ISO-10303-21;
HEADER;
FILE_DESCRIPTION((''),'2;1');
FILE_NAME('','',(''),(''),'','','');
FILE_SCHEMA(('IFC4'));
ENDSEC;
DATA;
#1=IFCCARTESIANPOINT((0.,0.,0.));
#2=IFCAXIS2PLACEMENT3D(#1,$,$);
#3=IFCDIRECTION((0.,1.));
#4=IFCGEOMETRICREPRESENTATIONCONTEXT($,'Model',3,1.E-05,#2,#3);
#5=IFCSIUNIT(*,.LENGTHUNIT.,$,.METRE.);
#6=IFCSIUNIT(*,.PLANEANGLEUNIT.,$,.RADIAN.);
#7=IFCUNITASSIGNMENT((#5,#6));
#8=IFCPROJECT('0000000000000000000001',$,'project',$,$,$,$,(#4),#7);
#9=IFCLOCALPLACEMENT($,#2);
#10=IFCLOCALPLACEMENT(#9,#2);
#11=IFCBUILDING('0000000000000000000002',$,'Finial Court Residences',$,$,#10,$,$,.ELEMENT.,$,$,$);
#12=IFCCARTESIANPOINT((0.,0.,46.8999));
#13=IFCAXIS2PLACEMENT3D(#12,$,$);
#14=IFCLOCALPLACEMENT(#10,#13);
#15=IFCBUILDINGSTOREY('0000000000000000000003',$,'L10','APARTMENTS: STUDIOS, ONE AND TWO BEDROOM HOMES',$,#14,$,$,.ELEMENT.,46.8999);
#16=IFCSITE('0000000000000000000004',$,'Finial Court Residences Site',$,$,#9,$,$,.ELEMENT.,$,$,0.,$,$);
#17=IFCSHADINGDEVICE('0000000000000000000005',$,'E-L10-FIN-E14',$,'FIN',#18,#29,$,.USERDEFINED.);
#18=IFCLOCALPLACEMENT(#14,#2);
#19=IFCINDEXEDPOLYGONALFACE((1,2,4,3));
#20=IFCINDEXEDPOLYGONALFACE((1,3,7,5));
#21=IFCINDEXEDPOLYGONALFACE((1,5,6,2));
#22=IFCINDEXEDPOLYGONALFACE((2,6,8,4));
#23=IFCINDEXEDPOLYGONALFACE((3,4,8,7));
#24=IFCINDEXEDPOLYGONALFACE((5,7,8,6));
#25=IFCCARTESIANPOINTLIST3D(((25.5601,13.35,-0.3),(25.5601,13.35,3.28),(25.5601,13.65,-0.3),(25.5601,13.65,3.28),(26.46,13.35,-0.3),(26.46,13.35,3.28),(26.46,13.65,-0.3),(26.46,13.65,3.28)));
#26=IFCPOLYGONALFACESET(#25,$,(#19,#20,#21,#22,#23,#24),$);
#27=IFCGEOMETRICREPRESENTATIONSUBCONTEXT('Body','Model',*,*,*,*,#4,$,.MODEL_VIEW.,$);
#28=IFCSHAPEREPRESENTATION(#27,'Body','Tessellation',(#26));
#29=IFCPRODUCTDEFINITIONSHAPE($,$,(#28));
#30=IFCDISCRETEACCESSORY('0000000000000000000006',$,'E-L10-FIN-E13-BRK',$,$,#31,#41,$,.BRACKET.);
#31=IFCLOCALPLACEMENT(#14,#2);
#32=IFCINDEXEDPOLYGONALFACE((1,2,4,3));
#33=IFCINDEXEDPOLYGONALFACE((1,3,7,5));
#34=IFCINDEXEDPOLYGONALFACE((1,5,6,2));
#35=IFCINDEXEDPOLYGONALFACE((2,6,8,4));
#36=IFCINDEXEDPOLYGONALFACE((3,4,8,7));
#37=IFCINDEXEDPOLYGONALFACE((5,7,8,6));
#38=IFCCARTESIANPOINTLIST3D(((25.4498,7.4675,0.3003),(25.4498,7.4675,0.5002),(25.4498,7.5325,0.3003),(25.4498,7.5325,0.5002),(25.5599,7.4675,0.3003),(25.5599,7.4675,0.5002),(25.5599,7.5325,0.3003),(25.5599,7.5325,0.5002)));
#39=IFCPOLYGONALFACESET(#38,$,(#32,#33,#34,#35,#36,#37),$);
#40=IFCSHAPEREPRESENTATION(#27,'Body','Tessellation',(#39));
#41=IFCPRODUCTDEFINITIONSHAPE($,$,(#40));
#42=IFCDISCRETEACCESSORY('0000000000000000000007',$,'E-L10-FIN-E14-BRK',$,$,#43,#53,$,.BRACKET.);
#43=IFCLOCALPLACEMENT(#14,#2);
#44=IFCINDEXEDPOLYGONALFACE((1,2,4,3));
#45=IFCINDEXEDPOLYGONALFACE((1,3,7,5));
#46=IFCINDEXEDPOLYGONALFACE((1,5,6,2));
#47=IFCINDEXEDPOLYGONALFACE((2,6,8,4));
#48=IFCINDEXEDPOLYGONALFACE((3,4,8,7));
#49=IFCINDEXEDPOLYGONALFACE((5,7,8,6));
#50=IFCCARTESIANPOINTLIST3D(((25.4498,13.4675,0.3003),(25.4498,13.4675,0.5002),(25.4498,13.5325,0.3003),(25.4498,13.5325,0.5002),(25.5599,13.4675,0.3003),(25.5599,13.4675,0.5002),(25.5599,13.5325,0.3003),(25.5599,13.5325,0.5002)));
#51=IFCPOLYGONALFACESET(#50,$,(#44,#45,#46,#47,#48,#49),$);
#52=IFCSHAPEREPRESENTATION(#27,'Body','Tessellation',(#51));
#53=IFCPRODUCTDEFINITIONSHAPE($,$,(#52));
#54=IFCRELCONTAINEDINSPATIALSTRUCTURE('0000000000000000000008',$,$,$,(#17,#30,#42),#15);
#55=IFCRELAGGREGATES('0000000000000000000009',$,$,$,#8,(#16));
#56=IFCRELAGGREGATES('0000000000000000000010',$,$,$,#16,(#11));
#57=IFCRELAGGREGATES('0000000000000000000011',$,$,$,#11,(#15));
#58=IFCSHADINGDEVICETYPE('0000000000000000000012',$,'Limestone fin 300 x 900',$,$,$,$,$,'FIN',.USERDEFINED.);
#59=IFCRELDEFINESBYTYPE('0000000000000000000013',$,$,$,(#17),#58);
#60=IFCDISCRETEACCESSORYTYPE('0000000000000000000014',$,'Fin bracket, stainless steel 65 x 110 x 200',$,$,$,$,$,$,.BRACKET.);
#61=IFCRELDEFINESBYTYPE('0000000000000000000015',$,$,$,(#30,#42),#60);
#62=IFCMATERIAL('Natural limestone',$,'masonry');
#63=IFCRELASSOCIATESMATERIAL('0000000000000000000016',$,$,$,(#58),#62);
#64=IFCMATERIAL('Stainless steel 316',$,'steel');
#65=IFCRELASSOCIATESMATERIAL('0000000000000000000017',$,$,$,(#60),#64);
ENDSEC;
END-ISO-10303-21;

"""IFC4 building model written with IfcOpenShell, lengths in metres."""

from ifc_helpers import new_model, si_unit, direction, frame, origin, origin_2d, place, context, subcontext, project, spatial, rectangle, extrude, material, type_object, element, save


model = new_model("IFC4")

# Units and contexts
model_context = context("Model", 3, precision=1e-05, world=origin(), true_north=direction((0.0, 1.0)))
body_context = subcontext(model_context, "Body", "Model", "MODEL_VIEW")
ifc_project = project(units=[si_unit("LENGTHUNIT", "METRE"), si_unit("PLANEANGLEUNIT", "RADIAN")], contexts=[model_context])

# Site, building, storey
site_placement = place(None, origin())
site = spatial("IfcSite", under=ifc_project, at=site_placement, Name="Finial Court Residences Site", CompositionType="ELEMENT", RefElevation=0.0)
building_placement = place(site_placement, origin())
building = spatial("IfcBuilding", under=site, at=building_placement, Name="Finial Court Residences", CompositionType="ELEMENT")
storey_placement = place(building_placement, frame((0.0, 0.0, 46.8999)))
storey = spatial("IfcBuildingStorey", under=building, at=storey_placement, Name="L10", Description="APARTMENTS: STUDIOS, ONE AND TWO BEDROOM HOMES", CompositionType="ELEMENT", Elevation=46.8999)

# Shading device
ifc_material_1 = material(Name="Natural limestone", Category="masonry")
shading_device_type = type_object("IfcShadingDeviceType", Name="Limestone fin 300 x 900", ElementType="FIN", PredefinedType="USERDEFINED", material=ifc_material_1)
for number, where, z_axis, x_axis, name in (
    (1, (26.01, 13.5, -0.3), (0.0, 0.0, 1.0), (1.0, 0.0, 0.0), "E-L10-FIN-E14"),
):
    element("IfcShadingDevice", number, at=place(storey_placement, frame(where, z_axis=z_axis, x_axis=x_axis)), inside=storey, type_object=shading_device_type, Name=name, ObjectType="FIN", PredefinedType="USERDEFINED", context=body_context, shape_type="SweptSolid", body=[
        extrude(rectangle(XDim=0.8999, YDim=0.3, at=origin_2d()), origin(), (0.0, 0.0, 1.0), 3.5801),
    ])

# Discrete accessories
ifc_material_2 = material(Name="Stainless steel 316", Category="steel")
discrete_accessory_type = type_object("IfcDiscreteAccessoryType", Name="Fin bracket, stainless steel 65 x 110 x 200", PredefinedType="BRACKET", material=ifc_material_2)
for number, where, z_axis, x_axis, name in (
    (2, (25.5049, 7.5, 0.3003), (0.0, 0.0, 1.0), (1.0, 0.0, 0.0), "E-L10-FIN-E13-BRK"),
    (3, (25.5049, 13.5, 0.3003), (0.0, 0.0, 1.0), (1.0, 0.0, 0.0), "E-L10-FIN-E14-BRK"),
):
    element("IfcDiscreteAccessory", number, at=place(storey_placement, frame(where, z_axis=z_axis, x_axis=x_axis)), inside=storey, type_object=discrete_accessory_type, Name=name, PredefinedType="BRACKET", context=body_context, shape_type="SweptSolid", body=[
        extrude(rectangle(XDim=0.1101, YDim=0.0649, at=origin_2d()), origin(), (0.0, 0.0, 1.0), 0.2),
    ])

save(model, "model.ifc")
